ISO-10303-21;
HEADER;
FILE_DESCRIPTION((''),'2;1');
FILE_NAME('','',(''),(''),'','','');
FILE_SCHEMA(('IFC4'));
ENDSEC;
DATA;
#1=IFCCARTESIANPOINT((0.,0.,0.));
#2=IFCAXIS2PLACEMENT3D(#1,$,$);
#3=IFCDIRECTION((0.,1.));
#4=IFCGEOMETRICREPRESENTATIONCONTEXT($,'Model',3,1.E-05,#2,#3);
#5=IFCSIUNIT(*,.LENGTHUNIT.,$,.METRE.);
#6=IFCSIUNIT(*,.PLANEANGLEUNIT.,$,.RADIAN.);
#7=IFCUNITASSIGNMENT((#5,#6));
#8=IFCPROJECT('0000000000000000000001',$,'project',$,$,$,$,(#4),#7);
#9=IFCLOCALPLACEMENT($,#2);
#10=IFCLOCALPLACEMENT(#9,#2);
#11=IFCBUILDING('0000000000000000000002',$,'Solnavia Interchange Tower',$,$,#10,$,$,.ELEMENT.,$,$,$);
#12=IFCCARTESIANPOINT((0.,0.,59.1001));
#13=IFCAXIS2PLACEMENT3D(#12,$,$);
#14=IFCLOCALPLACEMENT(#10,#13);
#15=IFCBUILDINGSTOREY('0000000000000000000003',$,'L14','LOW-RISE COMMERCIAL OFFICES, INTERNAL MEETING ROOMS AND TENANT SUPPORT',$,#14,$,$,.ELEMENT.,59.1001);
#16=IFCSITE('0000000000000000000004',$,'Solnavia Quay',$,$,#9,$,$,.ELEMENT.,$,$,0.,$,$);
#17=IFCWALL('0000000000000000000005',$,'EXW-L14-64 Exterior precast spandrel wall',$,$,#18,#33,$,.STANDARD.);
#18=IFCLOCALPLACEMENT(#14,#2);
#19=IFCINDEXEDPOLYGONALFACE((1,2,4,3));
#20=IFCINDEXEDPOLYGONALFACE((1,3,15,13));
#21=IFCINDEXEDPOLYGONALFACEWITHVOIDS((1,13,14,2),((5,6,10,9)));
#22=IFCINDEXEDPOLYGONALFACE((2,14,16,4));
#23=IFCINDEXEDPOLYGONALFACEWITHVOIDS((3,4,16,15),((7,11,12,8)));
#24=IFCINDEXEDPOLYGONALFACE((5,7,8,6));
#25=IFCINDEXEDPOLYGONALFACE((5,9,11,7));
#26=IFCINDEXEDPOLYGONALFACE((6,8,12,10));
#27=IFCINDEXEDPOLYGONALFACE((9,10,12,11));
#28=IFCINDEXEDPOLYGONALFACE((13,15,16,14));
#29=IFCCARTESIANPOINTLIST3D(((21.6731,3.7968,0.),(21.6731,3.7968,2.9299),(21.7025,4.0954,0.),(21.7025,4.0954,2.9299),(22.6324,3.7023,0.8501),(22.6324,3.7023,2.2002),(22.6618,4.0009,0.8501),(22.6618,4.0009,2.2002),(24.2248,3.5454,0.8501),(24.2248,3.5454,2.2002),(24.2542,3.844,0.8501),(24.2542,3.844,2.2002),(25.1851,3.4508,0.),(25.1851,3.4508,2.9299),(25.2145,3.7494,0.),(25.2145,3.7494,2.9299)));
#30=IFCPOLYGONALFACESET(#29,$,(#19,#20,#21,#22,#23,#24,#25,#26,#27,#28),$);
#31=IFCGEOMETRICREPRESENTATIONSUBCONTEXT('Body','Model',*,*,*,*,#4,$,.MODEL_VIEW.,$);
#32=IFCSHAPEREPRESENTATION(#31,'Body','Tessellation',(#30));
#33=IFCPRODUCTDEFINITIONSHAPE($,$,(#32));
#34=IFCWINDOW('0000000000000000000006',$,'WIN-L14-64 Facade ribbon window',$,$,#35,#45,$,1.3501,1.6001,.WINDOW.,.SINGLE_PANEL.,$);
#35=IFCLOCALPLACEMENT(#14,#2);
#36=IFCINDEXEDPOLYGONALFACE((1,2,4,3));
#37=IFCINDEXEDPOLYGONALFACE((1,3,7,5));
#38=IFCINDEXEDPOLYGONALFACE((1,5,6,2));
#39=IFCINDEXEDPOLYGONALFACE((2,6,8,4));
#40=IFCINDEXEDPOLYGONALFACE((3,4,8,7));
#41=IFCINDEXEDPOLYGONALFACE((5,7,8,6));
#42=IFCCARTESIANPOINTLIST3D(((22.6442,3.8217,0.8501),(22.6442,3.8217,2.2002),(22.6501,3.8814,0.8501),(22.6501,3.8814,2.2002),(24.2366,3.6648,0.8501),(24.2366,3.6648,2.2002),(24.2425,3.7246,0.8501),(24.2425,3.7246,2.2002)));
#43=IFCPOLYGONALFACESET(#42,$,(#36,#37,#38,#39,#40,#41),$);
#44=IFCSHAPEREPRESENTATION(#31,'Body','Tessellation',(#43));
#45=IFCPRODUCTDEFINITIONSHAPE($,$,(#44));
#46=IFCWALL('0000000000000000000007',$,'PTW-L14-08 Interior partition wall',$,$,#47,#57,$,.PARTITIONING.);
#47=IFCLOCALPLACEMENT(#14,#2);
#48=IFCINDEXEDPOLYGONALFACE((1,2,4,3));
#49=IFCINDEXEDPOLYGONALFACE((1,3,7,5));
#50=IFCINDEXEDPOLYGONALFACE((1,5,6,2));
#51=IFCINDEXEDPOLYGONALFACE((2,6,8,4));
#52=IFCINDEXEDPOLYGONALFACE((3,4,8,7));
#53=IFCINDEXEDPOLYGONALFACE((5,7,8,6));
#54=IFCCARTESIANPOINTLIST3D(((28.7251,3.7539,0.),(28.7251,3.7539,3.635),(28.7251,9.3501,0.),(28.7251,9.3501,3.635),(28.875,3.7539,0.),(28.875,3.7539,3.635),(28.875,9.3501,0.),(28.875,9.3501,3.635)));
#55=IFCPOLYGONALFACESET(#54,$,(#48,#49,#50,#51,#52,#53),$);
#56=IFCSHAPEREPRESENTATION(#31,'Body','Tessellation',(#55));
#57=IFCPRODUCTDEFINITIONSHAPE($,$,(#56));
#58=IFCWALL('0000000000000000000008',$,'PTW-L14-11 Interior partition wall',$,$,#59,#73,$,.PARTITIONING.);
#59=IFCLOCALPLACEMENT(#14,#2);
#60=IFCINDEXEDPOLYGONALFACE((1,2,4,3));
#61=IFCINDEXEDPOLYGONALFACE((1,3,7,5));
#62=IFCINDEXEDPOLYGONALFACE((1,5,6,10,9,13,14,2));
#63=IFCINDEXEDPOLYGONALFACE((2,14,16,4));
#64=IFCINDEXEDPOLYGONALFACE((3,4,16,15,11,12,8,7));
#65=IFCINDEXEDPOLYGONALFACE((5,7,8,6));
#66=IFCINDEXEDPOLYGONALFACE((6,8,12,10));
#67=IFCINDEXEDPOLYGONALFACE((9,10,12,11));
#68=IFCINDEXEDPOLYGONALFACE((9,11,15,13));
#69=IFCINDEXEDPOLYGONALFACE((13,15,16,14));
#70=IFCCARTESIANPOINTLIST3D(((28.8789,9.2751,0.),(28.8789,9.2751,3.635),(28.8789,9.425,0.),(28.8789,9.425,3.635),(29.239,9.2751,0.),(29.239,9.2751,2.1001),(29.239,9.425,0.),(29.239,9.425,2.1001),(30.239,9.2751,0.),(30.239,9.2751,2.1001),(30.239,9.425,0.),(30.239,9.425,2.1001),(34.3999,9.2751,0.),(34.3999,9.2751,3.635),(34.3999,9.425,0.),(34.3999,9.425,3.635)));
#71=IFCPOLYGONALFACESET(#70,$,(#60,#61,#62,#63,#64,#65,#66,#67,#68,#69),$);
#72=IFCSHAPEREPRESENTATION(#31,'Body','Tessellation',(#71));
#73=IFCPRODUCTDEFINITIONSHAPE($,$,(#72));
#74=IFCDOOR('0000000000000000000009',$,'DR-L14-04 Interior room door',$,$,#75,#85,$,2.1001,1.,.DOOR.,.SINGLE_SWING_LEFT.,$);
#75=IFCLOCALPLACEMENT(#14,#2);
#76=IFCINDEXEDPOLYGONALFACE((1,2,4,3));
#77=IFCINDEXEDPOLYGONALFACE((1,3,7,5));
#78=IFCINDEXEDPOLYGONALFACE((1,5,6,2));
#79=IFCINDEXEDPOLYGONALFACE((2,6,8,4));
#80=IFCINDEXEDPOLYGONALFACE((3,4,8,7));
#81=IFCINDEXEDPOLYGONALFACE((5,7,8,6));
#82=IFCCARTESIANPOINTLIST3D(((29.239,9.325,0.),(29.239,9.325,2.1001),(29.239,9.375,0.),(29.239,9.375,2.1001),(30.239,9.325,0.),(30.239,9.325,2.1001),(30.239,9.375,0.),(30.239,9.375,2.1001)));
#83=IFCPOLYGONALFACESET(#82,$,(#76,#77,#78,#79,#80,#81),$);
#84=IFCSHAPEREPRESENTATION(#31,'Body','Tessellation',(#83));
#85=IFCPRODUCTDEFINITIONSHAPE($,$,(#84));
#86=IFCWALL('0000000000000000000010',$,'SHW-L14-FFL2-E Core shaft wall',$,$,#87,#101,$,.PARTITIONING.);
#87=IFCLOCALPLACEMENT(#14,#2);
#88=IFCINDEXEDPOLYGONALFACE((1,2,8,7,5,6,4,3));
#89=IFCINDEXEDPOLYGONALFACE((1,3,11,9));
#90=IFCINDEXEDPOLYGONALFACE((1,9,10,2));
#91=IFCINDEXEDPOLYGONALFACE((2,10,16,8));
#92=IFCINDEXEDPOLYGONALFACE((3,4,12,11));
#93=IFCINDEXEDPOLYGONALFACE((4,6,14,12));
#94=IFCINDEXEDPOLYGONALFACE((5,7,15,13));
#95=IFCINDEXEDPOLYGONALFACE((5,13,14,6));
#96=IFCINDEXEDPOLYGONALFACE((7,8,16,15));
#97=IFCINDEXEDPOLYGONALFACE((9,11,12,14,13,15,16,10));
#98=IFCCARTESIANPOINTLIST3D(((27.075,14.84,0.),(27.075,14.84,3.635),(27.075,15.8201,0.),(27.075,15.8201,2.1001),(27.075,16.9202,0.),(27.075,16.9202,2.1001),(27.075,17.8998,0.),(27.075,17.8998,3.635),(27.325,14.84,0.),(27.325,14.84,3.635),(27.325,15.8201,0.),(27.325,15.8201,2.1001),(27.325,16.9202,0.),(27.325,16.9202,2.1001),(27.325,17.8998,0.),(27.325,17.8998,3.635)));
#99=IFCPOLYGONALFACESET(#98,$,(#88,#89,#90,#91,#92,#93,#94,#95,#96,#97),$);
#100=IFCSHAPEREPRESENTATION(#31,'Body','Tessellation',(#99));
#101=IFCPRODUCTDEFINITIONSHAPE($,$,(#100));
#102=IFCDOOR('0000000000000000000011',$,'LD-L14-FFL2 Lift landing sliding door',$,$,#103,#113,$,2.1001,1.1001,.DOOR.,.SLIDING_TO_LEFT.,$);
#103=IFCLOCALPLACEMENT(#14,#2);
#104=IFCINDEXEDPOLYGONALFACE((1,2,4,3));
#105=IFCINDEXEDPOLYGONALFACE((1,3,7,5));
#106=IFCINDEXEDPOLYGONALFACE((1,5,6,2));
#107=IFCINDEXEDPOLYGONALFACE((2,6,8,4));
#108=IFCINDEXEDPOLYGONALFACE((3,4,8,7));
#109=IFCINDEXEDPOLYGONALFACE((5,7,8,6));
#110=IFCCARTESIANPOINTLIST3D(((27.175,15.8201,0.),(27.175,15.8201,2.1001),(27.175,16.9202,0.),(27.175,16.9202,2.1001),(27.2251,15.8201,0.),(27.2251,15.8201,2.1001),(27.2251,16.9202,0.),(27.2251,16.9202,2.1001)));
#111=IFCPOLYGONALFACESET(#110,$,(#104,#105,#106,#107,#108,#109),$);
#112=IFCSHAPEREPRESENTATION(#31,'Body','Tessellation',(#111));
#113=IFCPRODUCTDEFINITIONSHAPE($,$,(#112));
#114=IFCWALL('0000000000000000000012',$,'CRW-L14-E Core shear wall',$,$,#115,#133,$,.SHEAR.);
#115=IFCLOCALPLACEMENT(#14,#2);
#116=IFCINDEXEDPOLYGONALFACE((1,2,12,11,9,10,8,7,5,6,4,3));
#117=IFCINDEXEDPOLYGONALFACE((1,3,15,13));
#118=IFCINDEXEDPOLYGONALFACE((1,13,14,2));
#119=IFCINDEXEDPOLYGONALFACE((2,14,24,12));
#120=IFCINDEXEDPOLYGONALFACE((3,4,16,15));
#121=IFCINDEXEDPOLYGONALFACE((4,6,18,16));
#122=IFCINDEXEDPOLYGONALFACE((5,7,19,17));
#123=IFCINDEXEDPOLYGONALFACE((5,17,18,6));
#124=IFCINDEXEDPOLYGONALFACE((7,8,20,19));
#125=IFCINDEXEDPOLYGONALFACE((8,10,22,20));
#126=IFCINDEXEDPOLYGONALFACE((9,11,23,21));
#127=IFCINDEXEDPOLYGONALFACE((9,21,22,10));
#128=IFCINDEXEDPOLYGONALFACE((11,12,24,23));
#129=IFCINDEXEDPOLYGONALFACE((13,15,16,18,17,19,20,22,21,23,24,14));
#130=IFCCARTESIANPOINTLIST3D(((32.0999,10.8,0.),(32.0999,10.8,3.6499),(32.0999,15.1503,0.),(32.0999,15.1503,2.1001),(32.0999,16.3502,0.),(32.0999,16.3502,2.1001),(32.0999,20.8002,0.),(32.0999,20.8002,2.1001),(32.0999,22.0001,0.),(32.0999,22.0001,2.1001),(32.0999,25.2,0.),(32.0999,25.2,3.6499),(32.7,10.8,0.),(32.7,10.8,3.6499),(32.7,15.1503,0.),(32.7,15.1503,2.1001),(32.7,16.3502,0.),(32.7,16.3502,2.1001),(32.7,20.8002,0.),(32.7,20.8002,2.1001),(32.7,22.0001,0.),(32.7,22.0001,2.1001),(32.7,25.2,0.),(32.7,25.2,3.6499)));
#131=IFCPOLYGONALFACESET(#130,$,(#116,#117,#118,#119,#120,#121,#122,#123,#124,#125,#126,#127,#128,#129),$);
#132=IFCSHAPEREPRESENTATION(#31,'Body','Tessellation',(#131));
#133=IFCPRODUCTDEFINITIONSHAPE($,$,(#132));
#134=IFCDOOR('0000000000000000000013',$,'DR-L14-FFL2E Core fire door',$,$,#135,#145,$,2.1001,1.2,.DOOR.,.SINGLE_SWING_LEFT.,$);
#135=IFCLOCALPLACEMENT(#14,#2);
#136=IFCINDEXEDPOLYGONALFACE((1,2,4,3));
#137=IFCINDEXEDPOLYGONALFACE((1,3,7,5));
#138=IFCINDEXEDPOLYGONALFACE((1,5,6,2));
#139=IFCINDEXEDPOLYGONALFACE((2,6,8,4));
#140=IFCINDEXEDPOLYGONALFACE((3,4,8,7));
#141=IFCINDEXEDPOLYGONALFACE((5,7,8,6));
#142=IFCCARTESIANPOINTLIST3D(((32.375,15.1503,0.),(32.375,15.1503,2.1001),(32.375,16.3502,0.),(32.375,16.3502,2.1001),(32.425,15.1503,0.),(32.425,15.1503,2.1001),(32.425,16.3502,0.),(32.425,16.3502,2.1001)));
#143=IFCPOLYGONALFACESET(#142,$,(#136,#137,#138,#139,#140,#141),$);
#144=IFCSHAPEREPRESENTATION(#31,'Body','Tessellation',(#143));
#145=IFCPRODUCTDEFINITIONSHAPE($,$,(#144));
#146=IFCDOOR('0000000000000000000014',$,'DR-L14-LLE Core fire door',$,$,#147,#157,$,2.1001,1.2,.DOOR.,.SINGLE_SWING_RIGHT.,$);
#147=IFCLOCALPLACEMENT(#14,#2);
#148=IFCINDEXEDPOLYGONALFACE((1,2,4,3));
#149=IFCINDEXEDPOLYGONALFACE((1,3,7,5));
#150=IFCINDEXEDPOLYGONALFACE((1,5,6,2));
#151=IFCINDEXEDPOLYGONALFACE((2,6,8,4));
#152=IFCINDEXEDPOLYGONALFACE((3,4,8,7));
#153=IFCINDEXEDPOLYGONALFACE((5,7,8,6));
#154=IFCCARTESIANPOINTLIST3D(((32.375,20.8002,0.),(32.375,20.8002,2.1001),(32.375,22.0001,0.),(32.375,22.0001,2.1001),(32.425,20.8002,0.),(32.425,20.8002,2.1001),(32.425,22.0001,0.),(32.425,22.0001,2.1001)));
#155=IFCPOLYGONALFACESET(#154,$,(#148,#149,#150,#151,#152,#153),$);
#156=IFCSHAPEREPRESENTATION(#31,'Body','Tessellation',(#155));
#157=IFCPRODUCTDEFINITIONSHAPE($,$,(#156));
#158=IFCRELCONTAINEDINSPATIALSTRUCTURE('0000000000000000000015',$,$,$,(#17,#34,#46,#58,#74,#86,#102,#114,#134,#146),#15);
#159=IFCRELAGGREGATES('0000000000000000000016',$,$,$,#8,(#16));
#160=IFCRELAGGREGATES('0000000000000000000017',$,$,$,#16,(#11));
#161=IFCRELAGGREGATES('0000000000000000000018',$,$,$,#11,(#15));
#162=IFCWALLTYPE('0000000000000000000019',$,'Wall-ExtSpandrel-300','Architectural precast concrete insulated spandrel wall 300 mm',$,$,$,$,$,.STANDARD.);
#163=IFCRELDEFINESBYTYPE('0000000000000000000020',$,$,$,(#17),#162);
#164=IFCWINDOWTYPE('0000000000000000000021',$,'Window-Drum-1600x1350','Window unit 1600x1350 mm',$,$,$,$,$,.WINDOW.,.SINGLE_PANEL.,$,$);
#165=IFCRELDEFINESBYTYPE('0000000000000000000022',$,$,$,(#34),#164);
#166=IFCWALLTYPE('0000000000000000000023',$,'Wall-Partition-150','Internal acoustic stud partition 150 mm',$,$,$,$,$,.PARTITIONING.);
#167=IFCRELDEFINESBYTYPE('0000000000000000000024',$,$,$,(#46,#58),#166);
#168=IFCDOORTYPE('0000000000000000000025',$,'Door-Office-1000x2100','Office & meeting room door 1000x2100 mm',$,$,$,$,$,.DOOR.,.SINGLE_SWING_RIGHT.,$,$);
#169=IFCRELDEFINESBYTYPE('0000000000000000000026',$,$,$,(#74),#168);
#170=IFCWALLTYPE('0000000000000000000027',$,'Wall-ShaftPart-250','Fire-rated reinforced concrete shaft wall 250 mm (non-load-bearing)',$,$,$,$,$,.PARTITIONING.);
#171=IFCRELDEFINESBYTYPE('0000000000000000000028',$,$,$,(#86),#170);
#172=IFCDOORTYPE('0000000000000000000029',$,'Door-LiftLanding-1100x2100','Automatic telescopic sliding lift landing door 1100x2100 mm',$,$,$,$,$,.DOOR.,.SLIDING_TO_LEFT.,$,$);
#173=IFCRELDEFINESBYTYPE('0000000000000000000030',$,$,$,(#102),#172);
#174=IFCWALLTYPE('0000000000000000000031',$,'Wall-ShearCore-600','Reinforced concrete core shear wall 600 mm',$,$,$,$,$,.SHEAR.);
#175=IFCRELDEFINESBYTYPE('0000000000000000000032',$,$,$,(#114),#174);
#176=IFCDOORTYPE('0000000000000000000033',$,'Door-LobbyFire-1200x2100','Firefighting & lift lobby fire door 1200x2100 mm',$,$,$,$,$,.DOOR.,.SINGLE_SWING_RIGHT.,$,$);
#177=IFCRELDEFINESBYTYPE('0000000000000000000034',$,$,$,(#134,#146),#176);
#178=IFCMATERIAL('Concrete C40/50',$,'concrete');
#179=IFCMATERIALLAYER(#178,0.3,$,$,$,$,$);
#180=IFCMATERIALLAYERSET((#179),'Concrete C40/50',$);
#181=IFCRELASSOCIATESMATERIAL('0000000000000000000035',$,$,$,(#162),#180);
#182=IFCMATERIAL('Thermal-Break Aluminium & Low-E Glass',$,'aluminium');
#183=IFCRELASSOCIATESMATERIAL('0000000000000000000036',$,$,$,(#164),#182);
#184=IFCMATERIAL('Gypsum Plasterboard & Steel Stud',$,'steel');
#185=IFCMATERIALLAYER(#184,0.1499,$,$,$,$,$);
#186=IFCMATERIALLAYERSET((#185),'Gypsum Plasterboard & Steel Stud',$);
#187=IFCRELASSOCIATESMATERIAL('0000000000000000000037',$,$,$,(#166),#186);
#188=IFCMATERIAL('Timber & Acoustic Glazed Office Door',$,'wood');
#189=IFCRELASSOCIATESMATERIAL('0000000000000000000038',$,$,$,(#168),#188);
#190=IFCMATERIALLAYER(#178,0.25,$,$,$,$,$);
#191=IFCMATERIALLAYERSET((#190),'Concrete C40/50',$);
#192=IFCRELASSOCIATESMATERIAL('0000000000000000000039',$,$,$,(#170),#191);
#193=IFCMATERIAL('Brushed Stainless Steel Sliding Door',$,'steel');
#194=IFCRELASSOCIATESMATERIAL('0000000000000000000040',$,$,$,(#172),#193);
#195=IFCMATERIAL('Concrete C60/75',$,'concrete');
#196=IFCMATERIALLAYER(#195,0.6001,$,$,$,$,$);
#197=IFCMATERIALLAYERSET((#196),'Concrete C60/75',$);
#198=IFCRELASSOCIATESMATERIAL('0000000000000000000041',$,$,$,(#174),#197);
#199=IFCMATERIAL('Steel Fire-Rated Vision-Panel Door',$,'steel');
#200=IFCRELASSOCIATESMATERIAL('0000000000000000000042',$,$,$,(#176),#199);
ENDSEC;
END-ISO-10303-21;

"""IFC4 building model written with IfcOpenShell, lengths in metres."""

from ifc_helpers import new_model, si_unit, direction, frame, frame_2d, origin, place, context, subcontext, project, spatial, rectangle, extrude, material, layer, layer_set, type_object, element, fill, save


model = new_model("IFC4")

# Units and contexts
model_context = context("Model", 3, precision=1e-05, world=origin(), true_north=direction((0.0, 1.0)))
body_context = subcontext(model_context, "Body", "Model", "MODEL_VIEW")
ifc_project = project(units=[si_unit("LENGTHUNIT", "METRE"), si_unit("PLANEANGLEUNIT", "RADIAN")], contexts=[model_context])

# Site, building, storey
site_placement = place(None, origin())
site = spatial("IfcSite", under=ifc_project, at=site_placement, Name="Solnavia Quay", CompositionType="ELEMENT", RefElevation=0.0)
building_placement = place(site_placement, origin())
building = spatial("IfcBuilding", under=site, at=building_placement, Name="Solnavia Interchange Tower", CompositionType="ELEMENT")
storey_placement = place(building_placement, frame((0.0, 0.0, 59.1001)))
storey = spatial("IfcBuildingStorey", under=building, at=storey_placement, Name="L14", Description="LOW-RISE COMMERCIAL OFFICES, INTERNAL MEETING ROOMS AND TENANT SUPPORT", CompositionType="ELEMENT", Elevation=59.1001)

# Shared definitions
ifc_material_1 = material(Name="Concrete C60/75", Category="concrete")

# Shared definitions
ifc_material_2 = material(Name="Concrete C40/50", Category="concrete")
ifc_layer_1 = layer(ifc_material_2, 0.3)
ifc_layer_set_1 = layer_set([ifc_layer_1], Name="Concrete C40/50")
wall_type_1 = type_object("IfcWallType", Name="Wall-ExtSpandrel-300", Description="Architectural precast concrete insulated spandrel wall 300 mm", PredefinedType="STANDARD", material=ifc_layer_set_1)

# Wall, opening, window
ifc_material_3 = material(Name="Thermal-Break Aluminium & Low-E Glass", Category="aluminium")
wall_1_placement = place(storey_placement, frame((25.2, 3.6001, 0.0), z_axis=(0.0, 0.0, 1.0), x_axis=(-0.995183, 0.098031, 0.0)))
wall_1 = element("IfcWall", 1, at=wall_1_placement, inside=storey, type_object=wall_type_1, Name="EXW-L14-64 Exterior precast spandrel wall", PredefinedType="STANDARD", context=body_context, shape_type="SweptSolid", body=[
    extrude(rectangle(XDim=3.5291, YDim=0.3, at=frame_2d((1.7646, 0.0))), origin(), (0.0, 0.0, 1.0), 2.9299),
])
opening_1_placement = place(wall_1_placement, frame((0.9651, 0.0, 0.8501)))
opening_1 = element("IfcOpeningElement", 2, at=opening_1_placement, cuts=wall_1, PredefinedType="OPENING", context=body_context, shape_type="SweptSolid", body=[
    extrude(rectangle(XDim=1.6001, YDim=1.3501, at=frame_2d((0.8, 0.675))), frame((0.0, 0.1602, 0.0), z_axis=(0.0, -1.0, 0.0), x_axis=(1.0, 0.0, 0.0)), (0.0, 0.0, 1.0), 0.3201),
])
window_type_1 = type_object("IfcWindowType", Name="Window-Drum-1600x1350", Description="Window unit 1600x1350 mm", PartitioningType="SINGLE_PANEL", PredefinedType="WINDOW", material=ifc_material_3)
window_1_placement = place(opening_1_placement, origin())
window_1 = element("IfcWindow", 3, at=window_1_placement, inside=storey, type_object=window_type_1, Name="WIN-L14-64 Facade ribbon window", OverallHeight=1.3501, OverallWidth=1.6001, PartitioningType="SINGLE_PANEL", PredefinedType="WINDOW", context=body_context, shape_type="SweptSolid", body=[
    extrude(rectangle(XDim=1.6001, YDim=1.3501, at=frame_2d((0.8, 0.675))), frame((0.0, 0.03, 0.0), z_axis=(0.0, -1.0, 0.0), x_axis=(1.0, 0.0, 0.0)), (0.0, 0.0, 1.0), 0.0601),
])
fill(opening_1, window_1)

# Wall
ifc_material_4 = material(Name="Gypsum Plasterboard & Steel Stud", Category="steel")
ifc_layer_2 = layer(ifc_material_4, 0.1499)
ifc_layer_set_2 = layer_set([ifc_layer_2], Name="Gypsum Plasterboard & Steel Stud")
wall_type_2 = type_object("IfcWallType", Name="Wall-Partition-150", Description="Internal acoustic stud partition 150 mm", PredefinedType="PARTITIONING", material=ifc_layer_set_2)
wall_2_placement = place(storey_placement, frame((28.8, 9.3501, 0.0), z_axis=(0.0, 0.0, 1.0), x_axis=(0.0, -1.0, 0.0)))
element("IfcWall", 4, at=wall_2_placement, inside=storey, type_object=wall_type_2, Name="PTW-L14-08 Interior partition wall", PredefinedType="PARTITIONING", context=body_context, shape_type="SweptSolid", body=[
    extrude(rectangle(XDim=5.5962, YDim=0.1499, at=frame_2d((2.7981, 0.0))), origin(), (0.0, 0.0, 1.0), 3.635),
])

# Walls, openings, doors
wall_3_placement = place(storey_placement, frame((28.8789, 9.3501, 0.0), z_axis=(0.0, 0.0, 1.0), x_axis=(1.0, 0.0, 0.0)))
wall_3 = element("IfcWall", 5, at=wall_3_placement, inside=storey, type_object=wall_type_2, Name="PTW-L14-11 Interior partition wall", PredefinedType="PARTITIONING", context=body_context, shape_type="SweptSolid", body=[
    extrude(rectangle(XDim=5.521, YDim=0.1499, at=frame_2d((2.7605, 0.0))), origin(), (0.0, 0.0, 1.0), 3.635),
])
opening_2_placement = place(wall_3_placement, frame((0.3601, 0.0, 0.0)))
opening_2 = element("IfcOpeningElement", 6, at=opening_2_placement, cuts=wall_3, PredefinedType="OPENING", context=body_context, shape_type="SweptSolid", body=[
    extrude(rectangle(XDim=1.0, YDim=2.1001, at=frame_2d((0.5, 1.05))), frame((0.0, 0.085, 0.0), z_axis=(0.0, -1.0, 0.0), x_axis=(1.0, 0.0, 0.0)), (0.0, 0.0, 1.0), 0.1699),
])
ifc_material_5 = material(Name="Timber & Acoustic Glazed Office Door", Category="wood")
door_type_1 = type_object("IfcDoorType", Name="Door-Office-1000x2100", Description="Office & meeting room door 1000x2100 mm", OperationType="SINGLE_SWING_RIGHT", PredefinedType="DOOR", material=ifc_material_5)
door_1_placement = place(opening_2_placement, origin())
door_1 = element("IfcDoor", 7, at=door_1_placement, inside=storey, type_object=door_type_1, Name="DR-L14-04 Interior room door", OperationType="SINGLE_SWING_LEFT", OverallHeight=2.1001, OverallWidth=1.0, PredefinedType="DOOR", context=body_context, shape_type="SweptSolid", body=[
    extrude(rectangle(XDim=1.0, YDim=2.1001, at=frame_2d((0.5, 1.05))), frame((0.0, 0.0249, 0.0), z_axis=(0.0, -1.0, 0.0), x_axis=(1.0, 0.0, 0.0)), (0.0, 0.0, 1.0), 0.05),
])
fill(opening_2, door_1)
ifc_layer_3 = layer(ifc_material_2, 0.25)
ifc_layer_set_3 = layer_set([ifc_layer_3], Name="Concrete C40/50")
wall_type_3 = type_object("IfcWallType", Name="Wall-ShaftPart-250", Description="Fire-rated reinforced concrete shaft wall 250 mm (non-load-bearing)", PredefinedType="PARTITIONING", material=ifc_layer_set_3)
wall_4_placement = place(storey_placement, frame((27.2, 14.8401, 0.0), z_axis=(0.0, 0.0, 1.0), x_axis=(0.0, 1.0, 0.0)))
wall_4 = element("IfcWall", 8, at=wall_4_placement, inside=storey, type_object=wall_type_3, Name="SHW-L14-FFL2-E Core shaft wall", PredefinedType="PARTITIONING", context=body_context, shape_type="SweptSolid", body=[
    extrude(rectangle(XDim=3.0598, YDim=0.25, at=frame_2d((1.5298, 0.0))), origin(), (0.0, 0.0, 1.0), 3.635),
])
opening_3_placement = place(wall_4_placement, frame((0.98, 0.0, 0.0)))
opening_3 = element("IfcOpeningElement", 9, at=opening_3_placement, cuts=wall_4, PredefinedType="OPENING", context=body_context, shape_type="SweptSolid", body=[
    extrude(rectangle(XDim=1.1001, YDim=2.1001, at=frame_2d((0.55, 1.05))), frame((0.0, 0.135, 0.0), z_axis=(0.0, -1.0, 0.0), x_axis=(1.0, 0.0, 0.0)), (0.0, 0.0, 1.0), 0.27),
])
ifc_material_6 = material(Name="Brushed Stainless Steel Sliding Door", Category="steel")
door_type_2 = type_object("IfcDoorType", Name="Door-LiftLanding-1100x2100", Description="Automatic telescopic sliding lift landing door 1100x2100 mm", OperationType="SLIDING_TO_LEFT", PredefinedType="DOOR", material=ifc_material_6)
door_2_placement = place(opening_3_placement, origin())
door_2 = element("IfcDoor", 10, at=door_2_placement, inside=storey, type_object=door_type_2, Name="LD-L14-FFL2 Lift landing sliding door", OperationType="SLIDING_TO_LEFT", OverallHeight=2.1001, OverallWidth=1.1001, PredefinedType="DOOR", context=body_context, shape_type="SweptSolid", body=[
    extrude(rectangle(XDim=1.1001, YDim=2.1001, at=frame_2d((0.55, 1.05))), frame((0.0, 0.0249, 0.0), z_axis=(0.0, -1.0, 0.0), x_axis=(1.0, 0.0, 0.0)), (0.0, 0.0, 1.0), 0.05),
])
fill(opening_3, door_2)

# Wall, openings, doors
ifc_layer_4 = layer(ifc_material_1, 0.6001)
ifc_layer_set_4 = layer_set([ifc_layer_4], Name="Concrete C60/75")
wall_type_4 = type_object("IfcWallType", Name="Wall-ShearCore-600", Description="Reinforced concrete core shear wall 600 mm", PredefinedType="SHEAR", material=ifc_layer_set_4)
wall_5_placement = place(storey_placement, frame((32.3999, 10.8, 0.0), z_axis=(0.0, 0.0, 1.0), x_axis=(0.0, 1.0, 0.0)))
wall_5 = element("IfcWall", 11, at=wall_5_placement, inside=storey, type_object=wall_type_4, Name="CRW-L14-E Core shear wall", PredefinedType="SHEAR", context=body_context, shape_type="SweptSolid", body=[
    extrude(rectangle(XDim=14.3999, YDim=0.6001, at=frame_2d((7.2, 0.0))), origin(), (0.0, 0.0, 1.0), 3.6499),
])
opening_4_placement = place(wall_5_placement, frame((4.3501, 0.0, 0.0)))
opening_4 = element("IfcOpeningElement", 12, at=opening_4_placement, cuts=wall_5, PredefinedType="OPENING", context=body_context, shape_type="SweptSolid", body=[
    extrude(rectangle(XDim=1.2, YDim=2.1001, at=frame_2d((0.6001, 1.05))), frame((0.0, 0.3101, 0.0), z_axis=(0.0, -1.0, 0.0), x_axis=(1.0, 0.0, 0.0)), (0.0, 0.0, 1.0), 0.6201),
])
opening_5_placement = place(wall_5_placement, frame((10.0, 0.0, 0.0)))
opening_5 = element("IfcOpeningElement", 13, at=opening_5_placement, cuts=wall_5, PredefinedType="OPENING", context=body_context, shape_type="SweptSolid", body=[
    extrude(rectangle(XDim=1.2, YDim=2.1001, at=frame_2d((0.6001, 1.05))), frame((0.0, 0.3101, 0.0), z_axis=(0.0, -1.0, 0.0), x_axis=(1.0, 0.0, 0.0)), (0.0, 0.0, 1.0), 0.6201),
])
ifc_material_7 = material(Name="Steel Fire-Rated Vision-Panel Door", Category="steel")
door_type_3 = type_object("IfcDoorType", Name="Door-LobbyFire-1200x2100", Description="Firefighting & lift lobby fire door 1200x2100 mm", OperationType="SINGLE_SWING_RIGHT", PredefinedType="DOOR", material=ifc_material_7)
door_3_placement = place(opening_4_placement, origin())
door_3 = element("IfcDoor", 14, at=door_3_placement, inside=storey, type_object=door_type_3, Name="DR-L14-FFL2E Core fire door", OperationType="SINGLE_SWING_LEFT", OverallHeight=2.1001, OverallWidth=1.2, PredefinedType="DOOR", context=body_context, shape_type="SweptSolid", body=[
    extrude(rectangle(XDim=1.2, YDim=2.1001, at=frame_2d((0.6001, 1.05))), frame((0.0, 0.0249, 0.0), z_axis=(0.0, -1.0, 0.0), x_axis=(1.0, 0.0, 0.0)), (0.0, 0.0, 1.0), 0.05),
])
fill(opening_4, door_3)
door_4_placement = place(opening_5_placement, origin())
door_4 = element("IfcDoor", 15, at=door_4_placement, inside=storey, type_object=door_type_3, Name="DR-L14-LLE Core fire door", OperationType="SINGLE_SWING_RIGHT", OverallHeight=2.1001, OverallWidth=1.2, PredefinedType="DOOR", context=body_context, shape_type="SweptSolid", body=[
    extrude(rectangle(XDim=1.2, YDim=2.1001, at=frame_2d((0.6001, 1.05))), frame((0.0, 0.0249, 0.0), z_axis=(0.0, -1.0, 0.0), x_axis=(1.0, 0.0, 0.0)), (0.0, 0.0, 1.0), 0.05),
])
fill(opening_5, door_4)

save(model, "model.ifc")
